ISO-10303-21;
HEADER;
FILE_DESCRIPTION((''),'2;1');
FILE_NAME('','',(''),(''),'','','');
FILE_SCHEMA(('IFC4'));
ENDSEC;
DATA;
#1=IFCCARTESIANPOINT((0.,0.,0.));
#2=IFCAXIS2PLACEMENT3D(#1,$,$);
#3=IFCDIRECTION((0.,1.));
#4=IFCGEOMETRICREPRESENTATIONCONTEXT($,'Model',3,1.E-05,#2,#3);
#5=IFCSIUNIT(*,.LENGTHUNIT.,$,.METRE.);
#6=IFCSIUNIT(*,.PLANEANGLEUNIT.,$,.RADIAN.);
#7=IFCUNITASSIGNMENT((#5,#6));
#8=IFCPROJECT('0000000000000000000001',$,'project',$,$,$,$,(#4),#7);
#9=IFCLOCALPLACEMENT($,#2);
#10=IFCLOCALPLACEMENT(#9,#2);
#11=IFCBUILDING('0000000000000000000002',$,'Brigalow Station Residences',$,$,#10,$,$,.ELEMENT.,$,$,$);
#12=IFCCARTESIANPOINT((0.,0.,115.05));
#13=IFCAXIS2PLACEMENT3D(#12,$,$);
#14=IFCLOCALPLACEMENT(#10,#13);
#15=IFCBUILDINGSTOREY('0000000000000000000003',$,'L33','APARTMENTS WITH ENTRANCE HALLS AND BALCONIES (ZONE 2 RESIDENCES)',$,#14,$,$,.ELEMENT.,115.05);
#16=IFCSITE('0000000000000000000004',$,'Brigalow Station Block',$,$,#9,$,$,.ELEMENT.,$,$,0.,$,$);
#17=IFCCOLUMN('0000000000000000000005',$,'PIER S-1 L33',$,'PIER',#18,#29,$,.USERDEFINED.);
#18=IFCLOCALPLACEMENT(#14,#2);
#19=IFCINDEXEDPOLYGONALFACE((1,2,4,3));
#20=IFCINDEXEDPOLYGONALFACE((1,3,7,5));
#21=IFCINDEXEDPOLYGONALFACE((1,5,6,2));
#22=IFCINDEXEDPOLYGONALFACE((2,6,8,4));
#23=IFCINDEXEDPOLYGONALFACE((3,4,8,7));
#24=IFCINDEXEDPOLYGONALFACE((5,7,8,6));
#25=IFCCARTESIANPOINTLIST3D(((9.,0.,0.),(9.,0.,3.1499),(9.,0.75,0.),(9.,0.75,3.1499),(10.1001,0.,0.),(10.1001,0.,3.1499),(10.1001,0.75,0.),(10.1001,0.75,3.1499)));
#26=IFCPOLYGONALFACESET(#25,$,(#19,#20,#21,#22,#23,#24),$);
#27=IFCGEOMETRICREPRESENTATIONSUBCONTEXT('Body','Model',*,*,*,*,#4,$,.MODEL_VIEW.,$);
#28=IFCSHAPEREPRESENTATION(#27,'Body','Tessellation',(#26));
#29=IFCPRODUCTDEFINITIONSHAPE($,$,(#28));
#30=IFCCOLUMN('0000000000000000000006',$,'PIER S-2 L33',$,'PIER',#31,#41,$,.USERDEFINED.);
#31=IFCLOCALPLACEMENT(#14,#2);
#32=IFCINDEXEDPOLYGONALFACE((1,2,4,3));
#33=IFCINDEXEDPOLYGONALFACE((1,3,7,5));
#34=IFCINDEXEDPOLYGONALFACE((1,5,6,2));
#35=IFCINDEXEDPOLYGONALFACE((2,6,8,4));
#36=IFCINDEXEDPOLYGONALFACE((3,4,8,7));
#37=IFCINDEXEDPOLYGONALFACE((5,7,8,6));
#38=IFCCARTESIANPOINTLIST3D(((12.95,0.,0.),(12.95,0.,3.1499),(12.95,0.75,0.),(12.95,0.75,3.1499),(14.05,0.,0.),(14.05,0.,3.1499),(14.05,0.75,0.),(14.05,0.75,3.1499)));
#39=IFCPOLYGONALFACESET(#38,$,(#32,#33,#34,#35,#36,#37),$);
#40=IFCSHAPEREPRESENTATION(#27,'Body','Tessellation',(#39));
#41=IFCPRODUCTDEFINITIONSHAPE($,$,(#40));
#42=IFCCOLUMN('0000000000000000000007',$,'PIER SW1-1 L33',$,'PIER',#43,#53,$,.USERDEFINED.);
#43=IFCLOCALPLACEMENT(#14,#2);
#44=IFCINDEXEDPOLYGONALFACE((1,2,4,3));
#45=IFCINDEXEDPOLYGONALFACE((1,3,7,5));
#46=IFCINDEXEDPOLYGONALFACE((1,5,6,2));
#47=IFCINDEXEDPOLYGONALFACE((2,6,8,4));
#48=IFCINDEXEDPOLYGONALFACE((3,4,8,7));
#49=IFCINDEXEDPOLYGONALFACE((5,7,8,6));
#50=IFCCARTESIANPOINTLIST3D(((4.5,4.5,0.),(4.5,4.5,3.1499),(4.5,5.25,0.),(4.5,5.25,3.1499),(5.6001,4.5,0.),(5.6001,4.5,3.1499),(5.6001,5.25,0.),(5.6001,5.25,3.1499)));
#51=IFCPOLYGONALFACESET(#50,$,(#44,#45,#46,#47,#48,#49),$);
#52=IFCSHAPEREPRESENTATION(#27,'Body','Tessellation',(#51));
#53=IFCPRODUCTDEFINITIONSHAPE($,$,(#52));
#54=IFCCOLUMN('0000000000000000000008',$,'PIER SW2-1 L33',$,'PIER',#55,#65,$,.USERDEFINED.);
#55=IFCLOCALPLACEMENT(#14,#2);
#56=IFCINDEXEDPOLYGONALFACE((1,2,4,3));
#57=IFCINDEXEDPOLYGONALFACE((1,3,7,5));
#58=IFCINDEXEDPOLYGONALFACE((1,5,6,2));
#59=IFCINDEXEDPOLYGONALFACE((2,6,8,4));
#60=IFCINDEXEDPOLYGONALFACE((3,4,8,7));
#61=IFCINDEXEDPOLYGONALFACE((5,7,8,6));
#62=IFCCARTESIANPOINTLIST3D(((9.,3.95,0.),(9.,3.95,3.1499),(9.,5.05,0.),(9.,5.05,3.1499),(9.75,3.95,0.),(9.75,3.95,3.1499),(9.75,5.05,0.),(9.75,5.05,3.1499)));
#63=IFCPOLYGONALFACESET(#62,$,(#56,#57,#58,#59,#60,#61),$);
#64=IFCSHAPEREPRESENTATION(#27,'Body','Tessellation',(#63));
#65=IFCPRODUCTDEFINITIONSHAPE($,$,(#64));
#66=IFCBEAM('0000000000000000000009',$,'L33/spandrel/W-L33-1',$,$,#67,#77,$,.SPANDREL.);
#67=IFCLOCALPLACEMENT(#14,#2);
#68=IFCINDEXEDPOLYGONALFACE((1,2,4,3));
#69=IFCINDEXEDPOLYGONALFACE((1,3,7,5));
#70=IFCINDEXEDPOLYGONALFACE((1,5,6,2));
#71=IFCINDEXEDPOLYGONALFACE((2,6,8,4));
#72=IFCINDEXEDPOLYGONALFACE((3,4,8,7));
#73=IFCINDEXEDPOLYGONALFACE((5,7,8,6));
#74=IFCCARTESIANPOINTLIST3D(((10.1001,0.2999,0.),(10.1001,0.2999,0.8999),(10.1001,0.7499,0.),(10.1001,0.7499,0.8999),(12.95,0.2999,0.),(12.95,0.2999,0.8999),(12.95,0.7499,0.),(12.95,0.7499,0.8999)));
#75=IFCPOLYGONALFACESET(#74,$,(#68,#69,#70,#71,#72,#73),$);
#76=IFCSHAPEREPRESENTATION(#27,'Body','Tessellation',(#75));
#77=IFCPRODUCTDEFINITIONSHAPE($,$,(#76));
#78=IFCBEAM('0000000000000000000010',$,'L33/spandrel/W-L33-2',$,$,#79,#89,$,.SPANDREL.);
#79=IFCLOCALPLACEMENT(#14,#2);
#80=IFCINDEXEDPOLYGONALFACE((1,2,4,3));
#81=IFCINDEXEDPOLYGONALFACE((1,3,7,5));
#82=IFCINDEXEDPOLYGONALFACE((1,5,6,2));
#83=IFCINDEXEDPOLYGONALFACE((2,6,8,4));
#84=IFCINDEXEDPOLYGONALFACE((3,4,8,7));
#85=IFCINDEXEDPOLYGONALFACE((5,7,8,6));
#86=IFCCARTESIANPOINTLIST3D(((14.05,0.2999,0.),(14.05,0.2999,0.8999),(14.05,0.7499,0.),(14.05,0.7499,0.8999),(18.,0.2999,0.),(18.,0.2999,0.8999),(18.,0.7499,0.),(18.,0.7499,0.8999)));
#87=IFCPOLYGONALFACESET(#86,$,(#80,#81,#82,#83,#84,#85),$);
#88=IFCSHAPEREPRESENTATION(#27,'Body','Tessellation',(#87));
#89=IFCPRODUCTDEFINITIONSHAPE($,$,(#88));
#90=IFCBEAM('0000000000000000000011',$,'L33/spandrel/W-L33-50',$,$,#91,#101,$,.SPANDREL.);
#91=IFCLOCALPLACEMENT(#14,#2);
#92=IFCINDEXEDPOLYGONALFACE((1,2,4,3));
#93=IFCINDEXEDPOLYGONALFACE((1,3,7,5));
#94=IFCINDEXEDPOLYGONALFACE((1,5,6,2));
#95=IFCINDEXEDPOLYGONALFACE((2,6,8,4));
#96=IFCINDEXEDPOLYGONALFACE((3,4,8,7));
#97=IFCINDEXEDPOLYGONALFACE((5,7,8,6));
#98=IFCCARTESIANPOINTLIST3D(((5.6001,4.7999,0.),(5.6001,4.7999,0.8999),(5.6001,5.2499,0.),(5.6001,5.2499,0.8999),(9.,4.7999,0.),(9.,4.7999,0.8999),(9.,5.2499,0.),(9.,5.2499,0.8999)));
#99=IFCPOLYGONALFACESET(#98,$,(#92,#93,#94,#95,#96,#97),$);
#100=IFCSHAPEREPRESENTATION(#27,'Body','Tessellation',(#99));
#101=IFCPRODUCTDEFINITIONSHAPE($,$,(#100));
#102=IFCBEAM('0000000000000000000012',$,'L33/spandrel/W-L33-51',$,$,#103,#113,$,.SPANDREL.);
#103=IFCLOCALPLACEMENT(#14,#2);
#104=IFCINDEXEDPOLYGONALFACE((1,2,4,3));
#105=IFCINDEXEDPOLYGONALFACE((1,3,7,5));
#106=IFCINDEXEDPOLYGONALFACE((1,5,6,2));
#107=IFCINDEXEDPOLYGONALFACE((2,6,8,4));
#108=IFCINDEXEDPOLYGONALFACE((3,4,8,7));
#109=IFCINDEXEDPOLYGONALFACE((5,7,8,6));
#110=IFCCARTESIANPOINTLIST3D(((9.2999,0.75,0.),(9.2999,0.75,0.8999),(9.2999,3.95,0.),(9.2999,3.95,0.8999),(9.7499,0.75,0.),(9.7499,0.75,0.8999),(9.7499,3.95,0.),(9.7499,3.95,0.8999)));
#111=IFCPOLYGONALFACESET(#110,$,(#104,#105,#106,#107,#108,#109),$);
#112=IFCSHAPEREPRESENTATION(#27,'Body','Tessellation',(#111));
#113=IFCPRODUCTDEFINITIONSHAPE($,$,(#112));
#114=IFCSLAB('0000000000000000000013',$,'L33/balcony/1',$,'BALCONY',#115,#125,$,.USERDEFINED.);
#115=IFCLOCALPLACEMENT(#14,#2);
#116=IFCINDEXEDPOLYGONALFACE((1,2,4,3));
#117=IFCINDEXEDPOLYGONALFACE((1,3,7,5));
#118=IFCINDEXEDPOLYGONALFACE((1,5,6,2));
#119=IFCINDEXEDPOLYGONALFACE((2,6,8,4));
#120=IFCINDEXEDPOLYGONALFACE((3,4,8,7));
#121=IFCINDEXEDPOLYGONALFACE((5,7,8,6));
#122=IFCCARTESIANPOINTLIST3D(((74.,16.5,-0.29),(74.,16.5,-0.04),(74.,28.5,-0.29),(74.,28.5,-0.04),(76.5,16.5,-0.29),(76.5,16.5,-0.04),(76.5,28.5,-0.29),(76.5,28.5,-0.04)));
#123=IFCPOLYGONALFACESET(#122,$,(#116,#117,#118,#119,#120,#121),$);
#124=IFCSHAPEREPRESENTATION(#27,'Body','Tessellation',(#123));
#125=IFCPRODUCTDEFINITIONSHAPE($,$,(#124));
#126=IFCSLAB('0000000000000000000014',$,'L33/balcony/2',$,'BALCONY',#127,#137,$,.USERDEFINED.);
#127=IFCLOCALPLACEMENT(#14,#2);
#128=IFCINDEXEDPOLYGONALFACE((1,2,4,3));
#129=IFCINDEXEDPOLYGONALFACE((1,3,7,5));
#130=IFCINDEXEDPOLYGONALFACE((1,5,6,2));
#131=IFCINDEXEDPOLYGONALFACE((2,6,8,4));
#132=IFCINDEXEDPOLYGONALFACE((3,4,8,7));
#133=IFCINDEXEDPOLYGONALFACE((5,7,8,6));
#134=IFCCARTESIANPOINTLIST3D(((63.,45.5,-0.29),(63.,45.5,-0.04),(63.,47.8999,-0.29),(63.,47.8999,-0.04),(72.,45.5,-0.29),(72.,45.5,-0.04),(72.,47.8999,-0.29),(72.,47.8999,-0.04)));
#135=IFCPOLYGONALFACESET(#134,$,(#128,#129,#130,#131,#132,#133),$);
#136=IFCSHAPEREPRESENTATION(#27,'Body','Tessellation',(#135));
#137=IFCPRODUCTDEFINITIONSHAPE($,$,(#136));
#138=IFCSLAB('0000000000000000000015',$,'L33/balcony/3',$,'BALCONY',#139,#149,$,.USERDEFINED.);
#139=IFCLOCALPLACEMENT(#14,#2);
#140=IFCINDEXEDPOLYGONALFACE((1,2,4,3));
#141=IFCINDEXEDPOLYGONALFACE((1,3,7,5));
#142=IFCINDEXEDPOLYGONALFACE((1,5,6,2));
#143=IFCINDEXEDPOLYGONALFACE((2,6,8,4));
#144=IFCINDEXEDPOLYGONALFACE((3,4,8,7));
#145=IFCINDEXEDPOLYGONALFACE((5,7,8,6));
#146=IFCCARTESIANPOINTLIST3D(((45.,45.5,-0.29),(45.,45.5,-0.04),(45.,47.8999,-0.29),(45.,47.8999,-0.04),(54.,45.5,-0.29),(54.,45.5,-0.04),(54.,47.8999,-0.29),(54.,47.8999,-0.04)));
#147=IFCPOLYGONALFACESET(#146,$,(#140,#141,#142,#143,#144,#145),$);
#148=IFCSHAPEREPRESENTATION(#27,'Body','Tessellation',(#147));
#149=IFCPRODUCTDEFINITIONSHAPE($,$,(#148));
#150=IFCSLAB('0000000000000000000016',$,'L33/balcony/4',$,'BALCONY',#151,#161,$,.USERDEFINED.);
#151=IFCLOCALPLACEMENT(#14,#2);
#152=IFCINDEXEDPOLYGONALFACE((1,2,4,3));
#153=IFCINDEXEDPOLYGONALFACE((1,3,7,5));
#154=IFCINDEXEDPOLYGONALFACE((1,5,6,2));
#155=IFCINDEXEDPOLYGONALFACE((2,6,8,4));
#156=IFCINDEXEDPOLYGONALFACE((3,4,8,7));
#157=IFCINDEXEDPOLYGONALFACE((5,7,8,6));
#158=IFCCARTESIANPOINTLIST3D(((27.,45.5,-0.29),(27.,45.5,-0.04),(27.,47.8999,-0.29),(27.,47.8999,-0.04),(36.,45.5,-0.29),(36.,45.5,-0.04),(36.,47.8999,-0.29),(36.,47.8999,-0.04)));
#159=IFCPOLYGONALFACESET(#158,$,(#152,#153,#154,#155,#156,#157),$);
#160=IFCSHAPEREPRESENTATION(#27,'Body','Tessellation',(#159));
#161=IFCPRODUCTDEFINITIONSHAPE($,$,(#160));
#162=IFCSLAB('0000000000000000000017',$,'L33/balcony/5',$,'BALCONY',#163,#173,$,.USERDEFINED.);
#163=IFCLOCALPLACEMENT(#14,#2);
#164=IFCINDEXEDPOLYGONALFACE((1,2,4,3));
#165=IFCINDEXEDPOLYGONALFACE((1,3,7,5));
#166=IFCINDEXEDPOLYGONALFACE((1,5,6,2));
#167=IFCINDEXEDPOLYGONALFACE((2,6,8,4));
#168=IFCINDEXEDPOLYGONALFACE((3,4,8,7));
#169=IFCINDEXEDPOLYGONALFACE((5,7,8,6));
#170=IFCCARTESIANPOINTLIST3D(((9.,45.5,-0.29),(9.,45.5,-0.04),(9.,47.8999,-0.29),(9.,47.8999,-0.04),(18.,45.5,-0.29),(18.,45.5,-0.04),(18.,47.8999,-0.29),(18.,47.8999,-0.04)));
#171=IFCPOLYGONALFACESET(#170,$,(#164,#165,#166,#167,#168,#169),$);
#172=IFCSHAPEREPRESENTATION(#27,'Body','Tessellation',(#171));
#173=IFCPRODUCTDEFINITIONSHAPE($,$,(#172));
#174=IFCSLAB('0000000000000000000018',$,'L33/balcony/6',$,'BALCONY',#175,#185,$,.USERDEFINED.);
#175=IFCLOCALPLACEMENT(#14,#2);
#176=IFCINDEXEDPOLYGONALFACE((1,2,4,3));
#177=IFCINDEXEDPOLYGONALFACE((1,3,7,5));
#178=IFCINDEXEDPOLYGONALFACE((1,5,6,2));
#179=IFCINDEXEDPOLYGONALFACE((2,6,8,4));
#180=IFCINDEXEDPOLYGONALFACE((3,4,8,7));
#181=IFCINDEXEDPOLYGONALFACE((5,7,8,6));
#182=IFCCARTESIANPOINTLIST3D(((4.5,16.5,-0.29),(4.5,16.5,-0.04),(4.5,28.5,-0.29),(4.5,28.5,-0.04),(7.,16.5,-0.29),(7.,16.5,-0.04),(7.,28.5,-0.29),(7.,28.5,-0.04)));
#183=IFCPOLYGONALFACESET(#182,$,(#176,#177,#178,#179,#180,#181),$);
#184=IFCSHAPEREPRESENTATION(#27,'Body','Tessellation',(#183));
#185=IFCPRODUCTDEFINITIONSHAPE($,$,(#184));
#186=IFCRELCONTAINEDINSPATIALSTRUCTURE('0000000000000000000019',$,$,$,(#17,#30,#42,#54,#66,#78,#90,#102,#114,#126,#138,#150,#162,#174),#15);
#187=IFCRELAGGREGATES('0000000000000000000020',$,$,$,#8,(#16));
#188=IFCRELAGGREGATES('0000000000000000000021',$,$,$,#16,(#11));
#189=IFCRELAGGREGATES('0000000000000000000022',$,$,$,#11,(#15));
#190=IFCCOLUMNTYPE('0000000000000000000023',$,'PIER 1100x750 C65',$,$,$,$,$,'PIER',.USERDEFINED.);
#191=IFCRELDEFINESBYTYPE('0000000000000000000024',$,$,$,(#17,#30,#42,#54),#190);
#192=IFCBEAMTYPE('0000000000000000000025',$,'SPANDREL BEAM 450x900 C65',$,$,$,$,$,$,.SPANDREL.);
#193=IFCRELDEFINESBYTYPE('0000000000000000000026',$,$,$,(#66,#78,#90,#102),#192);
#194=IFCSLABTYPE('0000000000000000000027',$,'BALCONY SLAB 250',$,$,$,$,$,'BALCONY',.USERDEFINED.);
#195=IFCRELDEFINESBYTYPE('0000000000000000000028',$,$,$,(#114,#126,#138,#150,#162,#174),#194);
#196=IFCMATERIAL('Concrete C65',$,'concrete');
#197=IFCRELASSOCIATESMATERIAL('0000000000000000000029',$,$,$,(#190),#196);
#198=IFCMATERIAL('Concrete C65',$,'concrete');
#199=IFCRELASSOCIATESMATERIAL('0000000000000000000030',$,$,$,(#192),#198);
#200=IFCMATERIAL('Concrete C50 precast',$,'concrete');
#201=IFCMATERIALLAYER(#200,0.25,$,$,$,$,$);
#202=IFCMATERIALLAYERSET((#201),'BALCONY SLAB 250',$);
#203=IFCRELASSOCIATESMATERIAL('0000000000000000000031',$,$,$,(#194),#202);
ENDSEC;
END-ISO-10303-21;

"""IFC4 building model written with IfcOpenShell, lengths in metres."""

from ifc_helpers import new_model, si_unit, direction, frame, origin, origin_2d, place, context, subcontext, project, spatial, polyline, rectangle, outline, extrude, material, layer, layer_set, material_profile, profile_set, type_object, element, save


model = new_model("IFC4")

# Units and contexts
model_context = context("Model", 3, precision=1e-05, world=origin(), true_north=direction((0.0, 1.0)))
body_context = subcontext(model_context, "Body", "Model", "MODEL_VIEW")
ifc_project = project(units=[si_unit("LENGTHUNIT", "METRE"), si_unit("PLANEANGLEUNIT", "RADIAN")], contexts=[model_context])

# Site, building, storey
site_placement = place(None, origin())
site = spatial("IfcSite", under=ifc_project, at=site_placement, Name="Brigalow Station Block", CompositionType="ELEMENT", RefElevation=0.0)
building_placement = place(site_placement, origin())
building = spatial("IfcBuilding", under=site, at=building_placement, Name="Brigalow Station Residences", CompositionType="ELEMENT")
storey_placement = place(building_placement, frame((0.0, 0.0, 115.05)))
storey = spatial("IfcBuildingStorey", under=building, at=storey_placement, Name="L33", Description="APARTMENTS WITH ENTRANCE HALLS AND BALCONIES (ZONE 2 RESIDENCES)", CompositionType="ELEMENT", Elevation=115.05)

# Columns
ifc_material_1 = material(Name="Concrete C65", Category="concrete")
ifc_material_profile_1 = material_profile(ifc_material_1, rectangle(XDim=1.1001, YDim=0.75, at=origin_2d()), Name="RC1100x750")
ifc_profile_set_1 = profile_set([ifc_material_profile_1], Name="Concrete C65")
column_type = type_object("IfcColumnType", Name="PIER 1100x750 C65", ElementType="PIER", PredefinedType="USERDEFINED", material=ifc_profile_set_1)
for number, where, z_axis, x_axis, name in (
    (1, (9.55, 0.375, 0.0), (0.0, 0.0, 1.0), (1.0, 0.0, 0.0), "PIER S-1 L33"),
    (2, (13.5, 0.375, 0.0), (0.0, 0.0, 1.0), (1.0, 0.0, 0.0), "PIER S-2 L33"),
    (3, (5.05, 4.875, 0.0), (0.0, 0.0, 1.0), (1.0, 0.0, 0.0), "PIER SW1-1 L33"),
    (4, (9.375, 4.5, 0.0), (0.0, 0.0, 1.0), (0.0, -1.0, 0.0), "PIER SW2-1 L33"),
):
    element("IfcColumn", number, at=place(storey_placement, frame(where, z_axis=z_axis, x_axis=x_axis)), inside=storey, type_object=column_type, Name=name, ObjectType="PIER", PredefinedType="USERDEFINED", context=body_context, shape_type="SweptSolid", body=[
        extrude(rectangle(XDim=1.1001, YDim=0.75, at=origin_2d()), origin(), (0.0, 0.0, 1.0), 3.1499),
    ])

# Beams
ifc_material_2 = material(Name="Concrete C65", Category="concrete")
ifc_material_profile_2 = material_profile(ifc_material_2, rectangle(XDim=0.45, YDim=0.8999, at=origin_2d()), Name="RC450x900")
ifc_profile_set_2 = profile_set([ifc_material_profile_2], Name="Concrete C65")
beam_type = type_object("IfcBeamType", Name="SPANDREL BEAM 450x900 C65", PredefinedType="SPANDREL", material=ifc_profile_set_2)
beam_1_placement = place(storey_placement, frame((10.1001, 0.5249, 0.45), z_axis=(1.0, 0.0, 0.0), x_axis=(0.0, 1.0, 0.0)))
element("IfcBeam", 5, at=beam_1_placement, inside=storey, type_object=beam_type, Name="L33/spandrel/W-L33-1", PredefinedType="SPANDREL", context=body_context, shape_type="SweptSolid", body=[
    extrude(rectangle(XDim=0.45, YDim=0.8999, at=origin_2d()), origin(), (0.0, 0.0, 1.0), 2.8499),
])
beam_2_placement = place(storey_placement, frame((14.05, 0.5249, 0.45), z_axis=(1.0, 0.0, 0.0), x_axis=(0.0, 1.0, 0.0)))
element("IfcBeam", 6, at=beam_2_placement, inside=storey, type_object=beam_type, Name="L33/spandrel/W-L33-2", PredefinedType="SPANDREL", context=body_context, shape_type="SweptSolid", body=[
    extrude(rectangle(XDim=0.45, YDim=0.8999, at=origin_2d()), origin(), (0.0, 0.0, 1.0), 3.95),
])
beam_3_placement = place(storey_placement, frame((5.6001, 5.0249, 0.45), z_axis=(1.0, 0.0, 0.0), x_axis=(0.0, 1.0, 0.0)))
element("IfcBeam", 7, at=beam_3_placement, inside=storey, type_object=beam_type, Name="L33/spandrel/W-L33-50", PredefinedType="SPANDREL", context=body_context, shape_type="SweptSolid", body=[
    extrude(rectangle(XDim=0.45, YDim=0.8999, at=origin_2d()), origin(), (0.0, 0.0, 1.0), 3.3999),
])
beam_4_placement = place(storey_placement, frame((9.5249, 3.95, 0.45), z_axis=(0.0, -1.0, 0.0), x_axis=(1.0, 0.0, 0.0)))
element("IfcBeam", 8, at=beam_4_placement, inside=storey, type_object=beam_type, Name="L33/spandrel/W-L33-51", PredefinedType="SPANDREL", context=body_context, shape_type="SweptSolid", body=[
    extrude(rectangle(XDim=0.45, YDim=0.8999, at=origin_2d()), origin(), (0.0, 0.0, 1.0), 3.2),
])

# Slabs
ifc_material_3 = material(Name="Concrete C50 precast", Category="concrete")
ifc_layer_1 = layer(ifc_material_3, 0.25)
ifc_layer_set_1 = layer_set([ifc_layer_1], Name="BALCONY SLAB 250")
slab_type_1 = type_object("IfcSlabType", Name="BALCONY SLAB 250", ElementType="BALCONY", PredefinedType="USERDEFINED", material=ifc_layer_set_1)
slab_1_placement = place(storey_placement, frame((0.0, 0.0, -0.29)))
element("IfcSlab", 9, at=slab_1_placement, inside=storey, type_object=slab_type_1, Name="L33/balcony/1", ObjectType="BALCONY", PredefinedType="USERDEFINED", context=body_context, shape_type="SweptSolid", body=[
    extrude(outline(polyline([(74.0, 16.5), (76.5, 16.5), (76.5, 28.5), (74.0, 28.5), (74.0, 16.5)])), origin(), (0.0, 0.0, 1.0), 0.25),
])
slab_2_placement = place(storey_placement, frame((0.0, 0.0, -0.29)))
element("IfcSlab", 10, at=slab_2_placement, inside=storey, type_object=slab_type_1, Name="L33/balcony/2", ObjectType="BALCONY", PredefinedType="USERDEFINED", context=body_context, shape_type="SweptSolid", body=[
    extrude(outline(polyline([(72.0, 45.5), (72.0, 47.8999), (63.0, 47.8999), (63.0, 45.5), (72.0, 45.5)])), origin(), (0.0, 0.0, 1.0), 0.25),
])
slab_3_placement = place(storey_placement, frame((0.0, 0.0, -0.29)))
element("IfcSlab", 11, at=slab_3_placement, inside=storey, type_object=slab_type_1, Name="L33/balcony/3", ObjectType="BALCONY", PredefinedType="USERDEFINED", context=body_context, shape_type="SweptSolid", body=[
    extrude(outline(polyline([(54.0, 45.5), (54.0, 47.8999), (45.0, 47.8999), (45.0, 45.5), (54.0, 45.5)])), origin(), (0.0, 0.0, 1.0), 0.25),
])
slab_4_placement = place(storey_placement, frame((0.0, 0.0, -0.29)))
element("IfcSlab", 12, at=slab_4_placement, inside=storey, type_object=slab_type_1, Name="L33/balcony/4", ObjectType="BALCONY", PredefinedType="USERDEFINED", context=body_context, shape_type="SweptSolid", body=[
    extrude(outline(polyline([(36.0, 45.5), (36.0, 47.8999), (27.0, 47.8999), (27.0, 45.5), (36.0, 45.5)])), origin(), (0.0, 0.0, 1.0), 0.25),
])
slab_5_placement = place(storey_placement, frame((0.0, 0.0, -0.29)))
element("IfcSlab", 13, at=slab_5_placement, inside=storey, type_object=slab_type_1, Name="L33/balcony/5", ObjectType="BALCONY", PredefinedType="USERDEFINED", context=body_context, shape_type="SweptSolid", body=[
    extrude(outline(polyline([(18.0, 45.5), (18.0, 47.8999), (9.0, 47.8999), (9.0, 45.5), (18.0, 45.5)])), origin(), (0.0, 0.0, 1.0), 0.25),
])
slab_6_placement = place(storey_placement, frame((0.0, 0.0, -0.29)))
element("IfcSlab", 14, at=slab_6_placement, inside=storey, type_object=slab_type_1, Name="L33/balcony/6", ObjectType="BALCONY", PredefinedType="USERDEFINED", context=body_context, shape_type="SweptSolid", body=[
    extrude(outline(polyline([(7.0, 28.5), (4.5, 28.5), (4.5, 16.5), (7.0, 16.5), (7.0, 28.5)])), origin(), (0.0, 0.0, 1.0), 0.25),
])

save(model, "model.ifc")
